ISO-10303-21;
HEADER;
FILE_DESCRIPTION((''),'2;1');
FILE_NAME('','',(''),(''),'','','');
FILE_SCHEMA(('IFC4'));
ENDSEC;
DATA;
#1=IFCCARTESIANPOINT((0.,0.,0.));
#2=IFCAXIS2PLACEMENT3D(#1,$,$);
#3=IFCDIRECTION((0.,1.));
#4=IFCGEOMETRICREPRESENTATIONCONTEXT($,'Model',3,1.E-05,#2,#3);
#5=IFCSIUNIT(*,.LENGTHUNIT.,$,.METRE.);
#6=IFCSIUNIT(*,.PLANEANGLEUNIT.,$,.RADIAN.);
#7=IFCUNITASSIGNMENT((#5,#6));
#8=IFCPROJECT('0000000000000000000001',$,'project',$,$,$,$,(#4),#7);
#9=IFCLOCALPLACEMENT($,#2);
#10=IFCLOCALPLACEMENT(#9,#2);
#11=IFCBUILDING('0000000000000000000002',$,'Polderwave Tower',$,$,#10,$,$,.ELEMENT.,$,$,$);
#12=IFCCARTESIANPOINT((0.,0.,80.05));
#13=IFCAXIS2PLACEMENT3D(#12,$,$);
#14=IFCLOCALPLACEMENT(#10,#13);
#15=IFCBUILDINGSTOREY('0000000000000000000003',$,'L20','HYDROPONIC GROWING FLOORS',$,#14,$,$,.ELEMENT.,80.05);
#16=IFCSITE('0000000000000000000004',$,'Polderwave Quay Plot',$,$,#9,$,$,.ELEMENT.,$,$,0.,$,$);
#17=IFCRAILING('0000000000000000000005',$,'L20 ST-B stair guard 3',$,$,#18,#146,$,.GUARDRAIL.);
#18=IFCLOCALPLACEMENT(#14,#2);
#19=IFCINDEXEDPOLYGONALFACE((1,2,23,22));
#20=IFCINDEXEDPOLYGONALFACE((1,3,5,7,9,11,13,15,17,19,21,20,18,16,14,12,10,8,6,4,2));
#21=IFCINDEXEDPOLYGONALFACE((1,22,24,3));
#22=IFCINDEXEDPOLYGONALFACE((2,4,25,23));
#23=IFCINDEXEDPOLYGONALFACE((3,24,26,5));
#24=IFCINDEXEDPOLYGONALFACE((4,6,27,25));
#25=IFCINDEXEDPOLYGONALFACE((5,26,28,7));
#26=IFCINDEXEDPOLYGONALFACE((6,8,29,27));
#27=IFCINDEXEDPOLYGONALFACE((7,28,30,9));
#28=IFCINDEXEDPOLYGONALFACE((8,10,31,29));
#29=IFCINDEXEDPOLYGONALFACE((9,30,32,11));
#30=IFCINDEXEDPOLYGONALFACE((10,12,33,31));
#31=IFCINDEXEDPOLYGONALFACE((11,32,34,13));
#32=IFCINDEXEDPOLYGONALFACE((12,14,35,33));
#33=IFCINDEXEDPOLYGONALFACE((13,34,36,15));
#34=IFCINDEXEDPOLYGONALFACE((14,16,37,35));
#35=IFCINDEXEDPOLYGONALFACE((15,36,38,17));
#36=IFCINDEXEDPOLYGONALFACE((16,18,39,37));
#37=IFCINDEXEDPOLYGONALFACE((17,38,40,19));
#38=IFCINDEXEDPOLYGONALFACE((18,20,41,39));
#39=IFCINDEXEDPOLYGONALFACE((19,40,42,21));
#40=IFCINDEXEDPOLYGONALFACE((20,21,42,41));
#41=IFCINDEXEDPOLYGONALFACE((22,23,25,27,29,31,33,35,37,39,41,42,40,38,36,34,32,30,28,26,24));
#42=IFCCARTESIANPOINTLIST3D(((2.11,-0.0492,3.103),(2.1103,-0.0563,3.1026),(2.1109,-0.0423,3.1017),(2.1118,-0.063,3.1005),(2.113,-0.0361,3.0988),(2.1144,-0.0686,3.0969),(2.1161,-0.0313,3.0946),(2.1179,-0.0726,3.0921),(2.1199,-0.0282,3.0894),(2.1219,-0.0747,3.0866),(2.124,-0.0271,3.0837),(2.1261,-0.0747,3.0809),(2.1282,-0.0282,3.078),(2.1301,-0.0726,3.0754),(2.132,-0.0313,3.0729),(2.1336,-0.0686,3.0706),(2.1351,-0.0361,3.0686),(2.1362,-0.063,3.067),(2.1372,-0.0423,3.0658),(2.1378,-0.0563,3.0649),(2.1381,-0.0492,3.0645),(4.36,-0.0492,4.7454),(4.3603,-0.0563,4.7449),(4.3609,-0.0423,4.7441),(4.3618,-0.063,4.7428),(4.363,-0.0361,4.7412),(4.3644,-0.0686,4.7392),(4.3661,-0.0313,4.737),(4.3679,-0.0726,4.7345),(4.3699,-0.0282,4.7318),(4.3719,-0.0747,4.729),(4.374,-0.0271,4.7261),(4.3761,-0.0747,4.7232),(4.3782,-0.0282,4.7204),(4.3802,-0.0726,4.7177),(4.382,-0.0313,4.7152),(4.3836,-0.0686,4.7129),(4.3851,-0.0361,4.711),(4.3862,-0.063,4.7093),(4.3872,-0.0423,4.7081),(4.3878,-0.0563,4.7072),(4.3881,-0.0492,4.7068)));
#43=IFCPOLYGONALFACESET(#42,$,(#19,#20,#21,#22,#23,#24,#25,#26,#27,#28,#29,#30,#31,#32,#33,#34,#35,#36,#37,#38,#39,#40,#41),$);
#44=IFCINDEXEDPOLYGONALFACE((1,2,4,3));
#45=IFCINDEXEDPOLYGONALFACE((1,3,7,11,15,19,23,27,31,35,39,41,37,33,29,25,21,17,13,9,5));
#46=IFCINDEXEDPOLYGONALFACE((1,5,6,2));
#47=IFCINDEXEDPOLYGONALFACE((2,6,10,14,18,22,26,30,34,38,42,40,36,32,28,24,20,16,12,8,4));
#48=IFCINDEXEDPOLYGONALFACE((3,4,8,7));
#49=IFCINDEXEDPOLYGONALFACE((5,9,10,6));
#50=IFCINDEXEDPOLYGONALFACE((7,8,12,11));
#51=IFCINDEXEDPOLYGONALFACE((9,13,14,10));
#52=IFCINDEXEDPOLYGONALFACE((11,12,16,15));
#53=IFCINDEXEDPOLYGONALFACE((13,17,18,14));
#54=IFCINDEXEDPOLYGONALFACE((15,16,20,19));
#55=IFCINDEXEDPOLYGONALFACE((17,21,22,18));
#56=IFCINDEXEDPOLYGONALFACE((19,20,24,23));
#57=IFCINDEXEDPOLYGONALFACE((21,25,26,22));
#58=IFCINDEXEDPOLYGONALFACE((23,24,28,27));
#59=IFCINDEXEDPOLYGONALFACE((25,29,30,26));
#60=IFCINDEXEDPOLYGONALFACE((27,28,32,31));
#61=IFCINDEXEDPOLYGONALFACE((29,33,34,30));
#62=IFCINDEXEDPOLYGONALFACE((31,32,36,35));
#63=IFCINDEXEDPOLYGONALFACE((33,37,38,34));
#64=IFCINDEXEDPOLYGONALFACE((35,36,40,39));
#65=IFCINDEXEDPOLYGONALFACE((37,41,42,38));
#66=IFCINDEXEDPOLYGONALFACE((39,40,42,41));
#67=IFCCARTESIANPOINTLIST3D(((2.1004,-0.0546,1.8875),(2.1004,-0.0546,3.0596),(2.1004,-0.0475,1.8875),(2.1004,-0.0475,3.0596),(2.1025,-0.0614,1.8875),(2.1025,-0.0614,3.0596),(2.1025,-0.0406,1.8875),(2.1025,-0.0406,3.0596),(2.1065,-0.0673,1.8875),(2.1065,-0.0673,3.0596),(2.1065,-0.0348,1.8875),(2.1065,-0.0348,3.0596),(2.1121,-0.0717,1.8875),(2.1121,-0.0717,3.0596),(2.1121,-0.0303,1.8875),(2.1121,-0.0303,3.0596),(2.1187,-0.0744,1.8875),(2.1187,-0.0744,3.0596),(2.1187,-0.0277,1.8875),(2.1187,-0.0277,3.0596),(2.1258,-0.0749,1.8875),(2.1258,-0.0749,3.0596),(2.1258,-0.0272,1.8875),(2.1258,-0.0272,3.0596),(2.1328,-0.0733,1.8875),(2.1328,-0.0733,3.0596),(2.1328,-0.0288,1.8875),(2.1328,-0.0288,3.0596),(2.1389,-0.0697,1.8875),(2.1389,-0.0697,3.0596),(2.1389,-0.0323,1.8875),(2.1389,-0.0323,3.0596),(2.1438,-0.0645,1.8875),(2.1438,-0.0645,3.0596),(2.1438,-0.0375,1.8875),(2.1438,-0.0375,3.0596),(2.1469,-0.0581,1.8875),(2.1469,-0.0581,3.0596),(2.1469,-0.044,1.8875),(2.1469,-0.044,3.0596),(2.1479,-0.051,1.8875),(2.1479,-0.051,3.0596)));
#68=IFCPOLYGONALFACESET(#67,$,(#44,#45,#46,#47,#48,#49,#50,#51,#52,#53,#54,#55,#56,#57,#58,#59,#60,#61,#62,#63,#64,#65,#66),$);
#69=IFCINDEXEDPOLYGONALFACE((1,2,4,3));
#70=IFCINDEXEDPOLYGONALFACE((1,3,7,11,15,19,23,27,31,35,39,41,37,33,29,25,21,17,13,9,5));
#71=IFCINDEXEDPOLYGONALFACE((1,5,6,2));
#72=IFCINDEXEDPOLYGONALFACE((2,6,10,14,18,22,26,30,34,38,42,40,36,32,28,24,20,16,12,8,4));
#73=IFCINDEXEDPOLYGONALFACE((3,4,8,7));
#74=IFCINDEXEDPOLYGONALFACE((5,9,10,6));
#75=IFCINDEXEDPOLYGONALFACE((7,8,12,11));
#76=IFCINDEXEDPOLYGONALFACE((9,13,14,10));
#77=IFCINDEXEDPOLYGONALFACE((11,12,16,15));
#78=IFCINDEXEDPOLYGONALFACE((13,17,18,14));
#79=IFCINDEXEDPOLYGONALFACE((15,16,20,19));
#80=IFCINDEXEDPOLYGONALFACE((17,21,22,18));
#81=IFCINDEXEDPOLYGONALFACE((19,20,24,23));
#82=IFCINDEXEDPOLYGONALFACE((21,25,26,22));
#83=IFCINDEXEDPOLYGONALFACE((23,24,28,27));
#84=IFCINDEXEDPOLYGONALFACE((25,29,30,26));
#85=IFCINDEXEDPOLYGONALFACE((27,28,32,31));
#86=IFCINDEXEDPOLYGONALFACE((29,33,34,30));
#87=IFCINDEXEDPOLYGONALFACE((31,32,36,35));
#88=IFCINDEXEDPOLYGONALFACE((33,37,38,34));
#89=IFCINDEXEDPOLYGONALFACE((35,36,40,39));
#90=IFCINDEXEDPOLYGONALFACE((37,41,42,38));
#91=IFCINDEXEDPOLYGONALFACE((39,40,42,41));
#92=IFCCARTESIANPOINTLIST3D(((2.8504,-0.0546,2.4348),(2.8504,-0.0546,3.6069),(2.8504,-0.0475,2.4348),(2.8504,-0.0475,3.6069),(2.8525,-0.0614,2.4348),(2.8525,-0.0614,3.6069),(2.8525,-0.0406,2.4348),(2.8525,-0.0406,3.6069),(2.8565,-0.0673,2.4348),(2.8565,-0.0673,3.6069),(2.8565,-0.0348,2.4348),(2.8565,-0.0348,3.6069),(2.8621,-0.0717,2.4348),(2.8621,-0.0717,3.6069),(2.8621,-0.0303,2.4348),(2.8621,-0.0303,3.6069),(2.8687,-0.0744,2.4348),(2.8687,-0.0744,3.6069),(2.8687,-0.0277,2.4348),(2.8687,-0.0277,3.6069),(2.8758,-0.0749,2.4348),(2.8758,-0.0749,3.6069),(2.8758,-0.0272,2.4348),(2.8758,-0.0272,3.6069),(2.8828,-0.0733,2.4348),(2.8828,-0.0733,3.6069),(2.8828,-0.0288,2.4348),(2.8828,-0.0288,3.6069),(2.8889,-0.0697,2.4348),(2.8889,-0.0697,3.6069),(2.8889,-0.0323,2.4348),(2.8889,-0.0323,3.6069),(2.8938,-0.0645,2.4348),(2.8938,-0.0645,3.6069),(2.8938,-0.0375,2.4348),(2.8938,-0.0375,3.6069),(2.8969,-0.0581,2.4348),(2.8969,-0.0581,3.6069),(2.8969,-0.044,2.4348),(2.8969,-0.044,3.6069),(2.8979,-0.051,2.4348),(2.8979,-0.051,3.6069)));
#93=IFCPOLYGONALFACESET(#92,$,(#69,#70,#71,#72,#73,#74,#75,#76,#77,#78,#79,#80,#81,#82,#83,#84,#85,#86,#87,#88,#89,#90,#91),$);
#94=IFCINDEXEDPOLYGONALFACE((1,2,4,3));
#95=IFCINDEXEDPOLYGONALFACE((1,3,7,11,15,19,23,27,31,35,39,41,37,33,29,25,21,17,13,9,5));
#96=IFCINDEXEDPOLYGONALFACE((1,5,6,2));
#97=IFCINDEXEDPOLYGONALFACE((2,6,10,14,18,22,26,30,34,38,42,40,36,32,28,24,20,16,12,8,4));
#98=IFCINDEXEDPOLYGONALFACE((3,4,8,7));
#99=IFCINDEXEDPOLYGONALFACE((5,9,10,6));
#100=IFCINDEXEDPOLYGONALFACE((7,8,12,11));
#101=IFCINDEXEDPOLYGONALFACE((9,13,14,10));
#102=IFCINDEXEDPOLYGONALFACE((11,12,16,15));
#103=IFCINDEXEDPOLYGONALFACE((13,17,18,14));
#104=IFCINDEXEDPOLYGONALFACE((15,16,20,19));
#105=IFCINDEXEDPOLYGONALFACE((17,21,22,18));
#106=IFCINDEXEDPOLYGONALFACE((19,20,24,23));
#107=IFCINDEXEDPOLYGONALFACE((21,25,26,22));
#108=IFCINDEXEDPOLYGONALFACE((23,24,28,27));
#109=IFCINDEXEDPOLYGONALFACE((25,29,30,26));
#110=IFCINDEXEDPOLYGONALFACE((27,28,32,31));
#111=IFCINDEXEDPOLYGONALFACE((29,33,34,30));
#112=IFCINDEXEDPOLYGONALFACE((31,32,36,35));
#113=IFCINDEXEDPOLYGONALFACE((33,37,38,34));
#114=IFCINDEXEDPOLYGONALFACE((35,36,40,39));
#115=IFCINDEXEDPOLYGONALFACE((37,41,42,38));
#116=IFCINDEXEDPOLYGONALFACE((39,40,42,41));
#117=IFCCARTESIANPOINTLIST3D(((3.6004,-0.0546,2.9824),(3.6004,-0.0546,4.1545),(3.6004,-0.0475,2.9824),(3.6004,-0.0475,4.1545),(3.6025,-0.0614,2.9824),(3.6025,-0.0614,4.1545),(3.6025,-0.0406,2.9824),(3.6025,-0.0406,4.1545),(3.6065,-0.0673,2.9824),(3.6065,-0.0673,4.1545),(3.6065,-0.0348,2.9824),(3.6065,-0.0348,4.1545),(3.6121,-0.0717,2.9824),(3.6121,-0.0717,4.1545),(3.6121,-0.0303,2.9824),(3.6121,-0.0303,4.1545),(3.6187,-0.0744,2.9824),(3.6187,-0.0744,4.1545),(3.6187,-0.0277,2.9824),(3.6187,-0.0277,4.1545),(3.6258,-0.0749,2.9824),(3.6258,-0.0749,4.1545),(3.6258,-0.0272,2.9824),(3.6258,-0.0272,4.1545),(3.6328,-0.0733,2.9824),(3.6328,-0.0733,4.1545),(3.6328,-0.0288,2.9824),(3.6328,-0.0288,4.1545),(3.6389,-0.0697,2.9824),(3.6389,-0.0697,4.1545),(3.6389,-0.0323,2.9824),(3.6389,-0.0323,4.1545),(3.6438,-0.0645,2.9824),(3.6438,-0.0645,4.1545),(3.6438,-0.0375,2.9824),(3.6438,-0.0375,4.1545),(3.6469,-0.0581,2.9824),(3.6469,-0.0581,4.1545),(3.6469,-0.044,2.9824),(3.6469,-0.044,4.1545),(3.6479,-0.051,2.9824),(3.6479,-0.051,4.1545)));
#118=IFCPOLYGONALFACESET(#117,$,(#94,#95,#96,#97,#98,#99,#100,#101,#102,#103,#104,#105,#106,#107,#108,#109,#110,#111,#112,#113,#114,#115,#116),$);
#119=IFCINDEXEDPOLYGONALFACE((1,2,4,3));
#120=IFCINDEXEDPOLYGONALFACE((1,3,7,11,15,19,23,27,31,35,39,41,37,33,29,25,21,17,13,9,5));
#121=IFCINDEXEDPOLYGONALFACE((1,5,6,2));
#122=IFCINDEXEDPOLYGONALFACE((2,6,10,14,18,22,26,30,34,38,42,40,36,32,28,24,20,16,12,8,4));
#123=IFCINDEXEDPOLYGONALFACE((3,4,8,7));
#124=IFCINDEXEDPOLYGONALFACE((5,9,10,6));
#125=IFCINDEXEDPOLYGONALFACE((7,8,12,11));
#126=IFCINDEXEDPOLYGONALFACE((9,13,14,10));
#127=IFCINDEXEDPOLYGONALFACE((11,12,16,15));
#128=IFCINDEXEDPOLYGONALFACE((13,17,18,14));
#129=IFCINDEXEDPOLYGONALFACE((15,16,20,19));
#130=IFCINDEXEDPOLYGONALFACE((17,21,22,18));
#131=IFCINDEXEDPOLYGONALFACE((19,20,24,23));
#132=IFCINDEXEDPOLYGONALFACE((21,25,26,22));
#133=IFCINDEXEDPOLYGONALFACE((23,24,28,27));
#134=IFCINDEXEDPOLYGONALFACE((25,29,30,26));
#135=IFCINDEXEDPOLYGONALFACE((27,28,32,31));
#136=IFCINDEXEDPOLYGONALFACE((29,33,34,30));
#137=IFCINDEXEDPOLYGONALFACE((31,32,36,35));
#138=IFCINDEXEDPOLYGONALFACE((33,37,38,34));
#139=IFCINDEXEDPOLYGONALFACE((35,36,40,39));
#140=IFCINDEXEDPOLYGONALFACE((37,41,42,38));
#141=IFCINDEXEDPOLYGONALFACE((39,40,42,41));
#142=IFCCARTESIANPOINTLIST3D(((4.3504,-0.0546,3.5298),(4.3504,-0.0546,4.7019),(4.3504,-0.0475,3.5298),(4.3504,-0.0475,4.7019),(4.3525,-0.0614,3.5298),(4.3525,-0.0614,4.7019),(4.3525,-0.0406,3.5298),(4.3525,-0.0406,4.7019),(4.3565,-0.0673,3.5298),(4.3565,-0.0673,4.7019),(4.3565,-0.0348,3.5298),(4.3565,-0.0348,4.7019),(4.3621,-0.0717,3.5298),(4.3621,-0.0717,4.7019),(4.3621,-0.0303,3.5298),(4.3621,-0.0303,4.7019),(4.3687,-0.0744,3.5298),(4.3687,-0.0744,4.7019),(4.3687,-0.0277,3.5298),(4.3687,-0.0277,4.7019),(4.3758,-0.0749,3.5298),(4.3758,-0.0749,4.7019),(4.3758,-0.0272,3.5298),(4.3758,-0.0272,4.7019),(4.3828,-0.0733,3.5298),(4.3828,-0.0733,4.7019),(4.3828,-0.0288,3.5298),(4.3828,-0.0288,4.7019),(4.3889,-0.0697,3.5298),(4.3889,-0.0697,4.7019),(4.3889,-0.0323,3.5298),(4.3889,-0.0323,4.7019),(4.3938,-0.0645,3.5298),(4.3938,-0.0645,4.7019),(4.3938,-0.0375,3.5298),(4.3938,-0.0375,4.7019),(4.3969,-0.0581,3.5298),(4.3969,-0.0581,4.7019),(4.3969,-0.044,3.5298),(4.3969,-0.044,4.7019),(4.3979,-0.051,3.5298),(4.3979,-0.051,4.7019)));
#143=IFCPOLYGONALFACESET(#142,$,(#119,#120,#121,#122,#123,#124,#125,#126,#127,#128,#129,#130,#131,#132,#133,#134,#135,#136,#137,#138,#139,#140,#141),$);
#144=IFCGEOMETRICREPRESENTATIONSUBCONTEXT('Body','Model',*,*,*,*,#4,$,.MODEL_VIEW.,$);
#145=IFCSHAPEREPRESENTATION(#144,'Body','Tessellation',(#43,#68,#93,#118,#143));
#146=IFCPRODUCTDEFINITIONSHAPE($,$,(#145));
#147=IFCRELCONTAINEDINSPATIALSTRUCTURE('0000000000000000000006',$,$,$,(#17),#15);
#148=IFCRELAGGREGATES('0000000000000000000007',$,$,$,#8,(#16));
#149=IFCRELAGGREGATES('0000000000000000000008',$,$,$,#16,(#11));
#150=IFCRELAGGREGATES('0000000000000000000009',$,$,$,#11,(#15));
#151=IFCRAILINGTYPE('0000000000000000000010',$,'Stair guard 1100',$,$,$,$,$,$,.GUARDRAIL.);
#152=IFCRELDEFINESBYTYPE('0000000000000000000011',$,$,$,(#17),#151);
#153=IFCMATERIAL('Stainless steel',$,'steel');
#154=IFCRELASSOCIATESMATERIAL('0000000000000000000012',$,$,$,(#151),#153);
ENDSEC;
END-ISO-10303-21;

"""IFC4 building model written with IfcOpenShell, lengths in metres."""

from ifc_helpers import new_model, si_unit, direction, frame, origin, origin_2d, place, context, subcontext, project, spatial, circle, extrude, material, type_object, element, save


model = new_model("IFC4")

# Units and contexts
model_context = context("Model", 3, precision=1e-05, world=origin(), true_north=direction((0.0, 1.0)))
body_context = subcontext(model_context, "Body", "Model", "MODEL_VIEW")
ifc_project = project(units=[si_unit("LENGTHUNIT", "METRE"), si_unit("PLANEANGLEUNIT", "RADIAN")], contexts=[model_context])

# Site, building, storey
site_placement = place(None, origin())
site = spatial("IfcSite", under=ifc_project, at=site_placement, Name="Polderwave Quay Plot", CompositionType="ELEMENT", RefElevation=0.0)
building_placement = place(site_placement, origin())
building = spatial("IfcBuilding", under=site, at=building_placement, Name="Polderwave Tower", CompositionType="ELEMENT")
storey_placement = place(building_placement, frame((0.0, 0.0, 80.05)))
storey = spatial("IfcBuildingStorey", under=building, at=storey_placement, Name="L20", Description="HYDROPONIC GROWING FLOORS", CompositionType="ELEMENT", Elevation=80.05)

# Railing
ifc_material_1 = material(Name="Stainless steel", Category="steel")
railing_type_1 = type_object("IfcRailingType", Name="Stair guard 1100", PredefinedType="GUARDRAIL", material=ifc_material_1)
railing_1_placement = place(storey_placement, frame((2.124, -0.051, 1.8875)))
element("IfcRailing", 1, at=railing_1_placement, inside=storey, type_object=railing_type_1, Name="L20 ST-B stair guard 3", PredefinedType="GUARDRAIL", context=body_context, shape_type="SweptSolid", body=[
    extrude(circle(Radius=0.0239, at=origin_2d()), frame((0.0, 0.0, 1.1963), z_axis=(0.807715, 0.0, 0.589573), x_axis=(0.0, 1.0, 0.0)), (0.0, 0.0, 1.0), 2.7856),
    extrude(circle(Radius=0.0239, at=origin_2d()), origin(), (0.0, 0.0, 1.0), 1.1721),
    extrude(circle(Radius=0.0239, at=origin_2d()), frame((0.75, 0.0, 0.5474)), (0.0, 0.0, 1.0), 1.1721),
    extrude(circle(Radius=0.0239, at=origin_2d()), frame((1.5, 0.0, 1.095)), (0.0, 0.0, 1.0), 1.1721),
    extrude(circle(Radius=0.0239, at=origin_2d()), frame((2.25, 0.0, 1.6423)), (0.0, 0.0, 1.0), 1.1721),
])

save(model, "model.ifc")
